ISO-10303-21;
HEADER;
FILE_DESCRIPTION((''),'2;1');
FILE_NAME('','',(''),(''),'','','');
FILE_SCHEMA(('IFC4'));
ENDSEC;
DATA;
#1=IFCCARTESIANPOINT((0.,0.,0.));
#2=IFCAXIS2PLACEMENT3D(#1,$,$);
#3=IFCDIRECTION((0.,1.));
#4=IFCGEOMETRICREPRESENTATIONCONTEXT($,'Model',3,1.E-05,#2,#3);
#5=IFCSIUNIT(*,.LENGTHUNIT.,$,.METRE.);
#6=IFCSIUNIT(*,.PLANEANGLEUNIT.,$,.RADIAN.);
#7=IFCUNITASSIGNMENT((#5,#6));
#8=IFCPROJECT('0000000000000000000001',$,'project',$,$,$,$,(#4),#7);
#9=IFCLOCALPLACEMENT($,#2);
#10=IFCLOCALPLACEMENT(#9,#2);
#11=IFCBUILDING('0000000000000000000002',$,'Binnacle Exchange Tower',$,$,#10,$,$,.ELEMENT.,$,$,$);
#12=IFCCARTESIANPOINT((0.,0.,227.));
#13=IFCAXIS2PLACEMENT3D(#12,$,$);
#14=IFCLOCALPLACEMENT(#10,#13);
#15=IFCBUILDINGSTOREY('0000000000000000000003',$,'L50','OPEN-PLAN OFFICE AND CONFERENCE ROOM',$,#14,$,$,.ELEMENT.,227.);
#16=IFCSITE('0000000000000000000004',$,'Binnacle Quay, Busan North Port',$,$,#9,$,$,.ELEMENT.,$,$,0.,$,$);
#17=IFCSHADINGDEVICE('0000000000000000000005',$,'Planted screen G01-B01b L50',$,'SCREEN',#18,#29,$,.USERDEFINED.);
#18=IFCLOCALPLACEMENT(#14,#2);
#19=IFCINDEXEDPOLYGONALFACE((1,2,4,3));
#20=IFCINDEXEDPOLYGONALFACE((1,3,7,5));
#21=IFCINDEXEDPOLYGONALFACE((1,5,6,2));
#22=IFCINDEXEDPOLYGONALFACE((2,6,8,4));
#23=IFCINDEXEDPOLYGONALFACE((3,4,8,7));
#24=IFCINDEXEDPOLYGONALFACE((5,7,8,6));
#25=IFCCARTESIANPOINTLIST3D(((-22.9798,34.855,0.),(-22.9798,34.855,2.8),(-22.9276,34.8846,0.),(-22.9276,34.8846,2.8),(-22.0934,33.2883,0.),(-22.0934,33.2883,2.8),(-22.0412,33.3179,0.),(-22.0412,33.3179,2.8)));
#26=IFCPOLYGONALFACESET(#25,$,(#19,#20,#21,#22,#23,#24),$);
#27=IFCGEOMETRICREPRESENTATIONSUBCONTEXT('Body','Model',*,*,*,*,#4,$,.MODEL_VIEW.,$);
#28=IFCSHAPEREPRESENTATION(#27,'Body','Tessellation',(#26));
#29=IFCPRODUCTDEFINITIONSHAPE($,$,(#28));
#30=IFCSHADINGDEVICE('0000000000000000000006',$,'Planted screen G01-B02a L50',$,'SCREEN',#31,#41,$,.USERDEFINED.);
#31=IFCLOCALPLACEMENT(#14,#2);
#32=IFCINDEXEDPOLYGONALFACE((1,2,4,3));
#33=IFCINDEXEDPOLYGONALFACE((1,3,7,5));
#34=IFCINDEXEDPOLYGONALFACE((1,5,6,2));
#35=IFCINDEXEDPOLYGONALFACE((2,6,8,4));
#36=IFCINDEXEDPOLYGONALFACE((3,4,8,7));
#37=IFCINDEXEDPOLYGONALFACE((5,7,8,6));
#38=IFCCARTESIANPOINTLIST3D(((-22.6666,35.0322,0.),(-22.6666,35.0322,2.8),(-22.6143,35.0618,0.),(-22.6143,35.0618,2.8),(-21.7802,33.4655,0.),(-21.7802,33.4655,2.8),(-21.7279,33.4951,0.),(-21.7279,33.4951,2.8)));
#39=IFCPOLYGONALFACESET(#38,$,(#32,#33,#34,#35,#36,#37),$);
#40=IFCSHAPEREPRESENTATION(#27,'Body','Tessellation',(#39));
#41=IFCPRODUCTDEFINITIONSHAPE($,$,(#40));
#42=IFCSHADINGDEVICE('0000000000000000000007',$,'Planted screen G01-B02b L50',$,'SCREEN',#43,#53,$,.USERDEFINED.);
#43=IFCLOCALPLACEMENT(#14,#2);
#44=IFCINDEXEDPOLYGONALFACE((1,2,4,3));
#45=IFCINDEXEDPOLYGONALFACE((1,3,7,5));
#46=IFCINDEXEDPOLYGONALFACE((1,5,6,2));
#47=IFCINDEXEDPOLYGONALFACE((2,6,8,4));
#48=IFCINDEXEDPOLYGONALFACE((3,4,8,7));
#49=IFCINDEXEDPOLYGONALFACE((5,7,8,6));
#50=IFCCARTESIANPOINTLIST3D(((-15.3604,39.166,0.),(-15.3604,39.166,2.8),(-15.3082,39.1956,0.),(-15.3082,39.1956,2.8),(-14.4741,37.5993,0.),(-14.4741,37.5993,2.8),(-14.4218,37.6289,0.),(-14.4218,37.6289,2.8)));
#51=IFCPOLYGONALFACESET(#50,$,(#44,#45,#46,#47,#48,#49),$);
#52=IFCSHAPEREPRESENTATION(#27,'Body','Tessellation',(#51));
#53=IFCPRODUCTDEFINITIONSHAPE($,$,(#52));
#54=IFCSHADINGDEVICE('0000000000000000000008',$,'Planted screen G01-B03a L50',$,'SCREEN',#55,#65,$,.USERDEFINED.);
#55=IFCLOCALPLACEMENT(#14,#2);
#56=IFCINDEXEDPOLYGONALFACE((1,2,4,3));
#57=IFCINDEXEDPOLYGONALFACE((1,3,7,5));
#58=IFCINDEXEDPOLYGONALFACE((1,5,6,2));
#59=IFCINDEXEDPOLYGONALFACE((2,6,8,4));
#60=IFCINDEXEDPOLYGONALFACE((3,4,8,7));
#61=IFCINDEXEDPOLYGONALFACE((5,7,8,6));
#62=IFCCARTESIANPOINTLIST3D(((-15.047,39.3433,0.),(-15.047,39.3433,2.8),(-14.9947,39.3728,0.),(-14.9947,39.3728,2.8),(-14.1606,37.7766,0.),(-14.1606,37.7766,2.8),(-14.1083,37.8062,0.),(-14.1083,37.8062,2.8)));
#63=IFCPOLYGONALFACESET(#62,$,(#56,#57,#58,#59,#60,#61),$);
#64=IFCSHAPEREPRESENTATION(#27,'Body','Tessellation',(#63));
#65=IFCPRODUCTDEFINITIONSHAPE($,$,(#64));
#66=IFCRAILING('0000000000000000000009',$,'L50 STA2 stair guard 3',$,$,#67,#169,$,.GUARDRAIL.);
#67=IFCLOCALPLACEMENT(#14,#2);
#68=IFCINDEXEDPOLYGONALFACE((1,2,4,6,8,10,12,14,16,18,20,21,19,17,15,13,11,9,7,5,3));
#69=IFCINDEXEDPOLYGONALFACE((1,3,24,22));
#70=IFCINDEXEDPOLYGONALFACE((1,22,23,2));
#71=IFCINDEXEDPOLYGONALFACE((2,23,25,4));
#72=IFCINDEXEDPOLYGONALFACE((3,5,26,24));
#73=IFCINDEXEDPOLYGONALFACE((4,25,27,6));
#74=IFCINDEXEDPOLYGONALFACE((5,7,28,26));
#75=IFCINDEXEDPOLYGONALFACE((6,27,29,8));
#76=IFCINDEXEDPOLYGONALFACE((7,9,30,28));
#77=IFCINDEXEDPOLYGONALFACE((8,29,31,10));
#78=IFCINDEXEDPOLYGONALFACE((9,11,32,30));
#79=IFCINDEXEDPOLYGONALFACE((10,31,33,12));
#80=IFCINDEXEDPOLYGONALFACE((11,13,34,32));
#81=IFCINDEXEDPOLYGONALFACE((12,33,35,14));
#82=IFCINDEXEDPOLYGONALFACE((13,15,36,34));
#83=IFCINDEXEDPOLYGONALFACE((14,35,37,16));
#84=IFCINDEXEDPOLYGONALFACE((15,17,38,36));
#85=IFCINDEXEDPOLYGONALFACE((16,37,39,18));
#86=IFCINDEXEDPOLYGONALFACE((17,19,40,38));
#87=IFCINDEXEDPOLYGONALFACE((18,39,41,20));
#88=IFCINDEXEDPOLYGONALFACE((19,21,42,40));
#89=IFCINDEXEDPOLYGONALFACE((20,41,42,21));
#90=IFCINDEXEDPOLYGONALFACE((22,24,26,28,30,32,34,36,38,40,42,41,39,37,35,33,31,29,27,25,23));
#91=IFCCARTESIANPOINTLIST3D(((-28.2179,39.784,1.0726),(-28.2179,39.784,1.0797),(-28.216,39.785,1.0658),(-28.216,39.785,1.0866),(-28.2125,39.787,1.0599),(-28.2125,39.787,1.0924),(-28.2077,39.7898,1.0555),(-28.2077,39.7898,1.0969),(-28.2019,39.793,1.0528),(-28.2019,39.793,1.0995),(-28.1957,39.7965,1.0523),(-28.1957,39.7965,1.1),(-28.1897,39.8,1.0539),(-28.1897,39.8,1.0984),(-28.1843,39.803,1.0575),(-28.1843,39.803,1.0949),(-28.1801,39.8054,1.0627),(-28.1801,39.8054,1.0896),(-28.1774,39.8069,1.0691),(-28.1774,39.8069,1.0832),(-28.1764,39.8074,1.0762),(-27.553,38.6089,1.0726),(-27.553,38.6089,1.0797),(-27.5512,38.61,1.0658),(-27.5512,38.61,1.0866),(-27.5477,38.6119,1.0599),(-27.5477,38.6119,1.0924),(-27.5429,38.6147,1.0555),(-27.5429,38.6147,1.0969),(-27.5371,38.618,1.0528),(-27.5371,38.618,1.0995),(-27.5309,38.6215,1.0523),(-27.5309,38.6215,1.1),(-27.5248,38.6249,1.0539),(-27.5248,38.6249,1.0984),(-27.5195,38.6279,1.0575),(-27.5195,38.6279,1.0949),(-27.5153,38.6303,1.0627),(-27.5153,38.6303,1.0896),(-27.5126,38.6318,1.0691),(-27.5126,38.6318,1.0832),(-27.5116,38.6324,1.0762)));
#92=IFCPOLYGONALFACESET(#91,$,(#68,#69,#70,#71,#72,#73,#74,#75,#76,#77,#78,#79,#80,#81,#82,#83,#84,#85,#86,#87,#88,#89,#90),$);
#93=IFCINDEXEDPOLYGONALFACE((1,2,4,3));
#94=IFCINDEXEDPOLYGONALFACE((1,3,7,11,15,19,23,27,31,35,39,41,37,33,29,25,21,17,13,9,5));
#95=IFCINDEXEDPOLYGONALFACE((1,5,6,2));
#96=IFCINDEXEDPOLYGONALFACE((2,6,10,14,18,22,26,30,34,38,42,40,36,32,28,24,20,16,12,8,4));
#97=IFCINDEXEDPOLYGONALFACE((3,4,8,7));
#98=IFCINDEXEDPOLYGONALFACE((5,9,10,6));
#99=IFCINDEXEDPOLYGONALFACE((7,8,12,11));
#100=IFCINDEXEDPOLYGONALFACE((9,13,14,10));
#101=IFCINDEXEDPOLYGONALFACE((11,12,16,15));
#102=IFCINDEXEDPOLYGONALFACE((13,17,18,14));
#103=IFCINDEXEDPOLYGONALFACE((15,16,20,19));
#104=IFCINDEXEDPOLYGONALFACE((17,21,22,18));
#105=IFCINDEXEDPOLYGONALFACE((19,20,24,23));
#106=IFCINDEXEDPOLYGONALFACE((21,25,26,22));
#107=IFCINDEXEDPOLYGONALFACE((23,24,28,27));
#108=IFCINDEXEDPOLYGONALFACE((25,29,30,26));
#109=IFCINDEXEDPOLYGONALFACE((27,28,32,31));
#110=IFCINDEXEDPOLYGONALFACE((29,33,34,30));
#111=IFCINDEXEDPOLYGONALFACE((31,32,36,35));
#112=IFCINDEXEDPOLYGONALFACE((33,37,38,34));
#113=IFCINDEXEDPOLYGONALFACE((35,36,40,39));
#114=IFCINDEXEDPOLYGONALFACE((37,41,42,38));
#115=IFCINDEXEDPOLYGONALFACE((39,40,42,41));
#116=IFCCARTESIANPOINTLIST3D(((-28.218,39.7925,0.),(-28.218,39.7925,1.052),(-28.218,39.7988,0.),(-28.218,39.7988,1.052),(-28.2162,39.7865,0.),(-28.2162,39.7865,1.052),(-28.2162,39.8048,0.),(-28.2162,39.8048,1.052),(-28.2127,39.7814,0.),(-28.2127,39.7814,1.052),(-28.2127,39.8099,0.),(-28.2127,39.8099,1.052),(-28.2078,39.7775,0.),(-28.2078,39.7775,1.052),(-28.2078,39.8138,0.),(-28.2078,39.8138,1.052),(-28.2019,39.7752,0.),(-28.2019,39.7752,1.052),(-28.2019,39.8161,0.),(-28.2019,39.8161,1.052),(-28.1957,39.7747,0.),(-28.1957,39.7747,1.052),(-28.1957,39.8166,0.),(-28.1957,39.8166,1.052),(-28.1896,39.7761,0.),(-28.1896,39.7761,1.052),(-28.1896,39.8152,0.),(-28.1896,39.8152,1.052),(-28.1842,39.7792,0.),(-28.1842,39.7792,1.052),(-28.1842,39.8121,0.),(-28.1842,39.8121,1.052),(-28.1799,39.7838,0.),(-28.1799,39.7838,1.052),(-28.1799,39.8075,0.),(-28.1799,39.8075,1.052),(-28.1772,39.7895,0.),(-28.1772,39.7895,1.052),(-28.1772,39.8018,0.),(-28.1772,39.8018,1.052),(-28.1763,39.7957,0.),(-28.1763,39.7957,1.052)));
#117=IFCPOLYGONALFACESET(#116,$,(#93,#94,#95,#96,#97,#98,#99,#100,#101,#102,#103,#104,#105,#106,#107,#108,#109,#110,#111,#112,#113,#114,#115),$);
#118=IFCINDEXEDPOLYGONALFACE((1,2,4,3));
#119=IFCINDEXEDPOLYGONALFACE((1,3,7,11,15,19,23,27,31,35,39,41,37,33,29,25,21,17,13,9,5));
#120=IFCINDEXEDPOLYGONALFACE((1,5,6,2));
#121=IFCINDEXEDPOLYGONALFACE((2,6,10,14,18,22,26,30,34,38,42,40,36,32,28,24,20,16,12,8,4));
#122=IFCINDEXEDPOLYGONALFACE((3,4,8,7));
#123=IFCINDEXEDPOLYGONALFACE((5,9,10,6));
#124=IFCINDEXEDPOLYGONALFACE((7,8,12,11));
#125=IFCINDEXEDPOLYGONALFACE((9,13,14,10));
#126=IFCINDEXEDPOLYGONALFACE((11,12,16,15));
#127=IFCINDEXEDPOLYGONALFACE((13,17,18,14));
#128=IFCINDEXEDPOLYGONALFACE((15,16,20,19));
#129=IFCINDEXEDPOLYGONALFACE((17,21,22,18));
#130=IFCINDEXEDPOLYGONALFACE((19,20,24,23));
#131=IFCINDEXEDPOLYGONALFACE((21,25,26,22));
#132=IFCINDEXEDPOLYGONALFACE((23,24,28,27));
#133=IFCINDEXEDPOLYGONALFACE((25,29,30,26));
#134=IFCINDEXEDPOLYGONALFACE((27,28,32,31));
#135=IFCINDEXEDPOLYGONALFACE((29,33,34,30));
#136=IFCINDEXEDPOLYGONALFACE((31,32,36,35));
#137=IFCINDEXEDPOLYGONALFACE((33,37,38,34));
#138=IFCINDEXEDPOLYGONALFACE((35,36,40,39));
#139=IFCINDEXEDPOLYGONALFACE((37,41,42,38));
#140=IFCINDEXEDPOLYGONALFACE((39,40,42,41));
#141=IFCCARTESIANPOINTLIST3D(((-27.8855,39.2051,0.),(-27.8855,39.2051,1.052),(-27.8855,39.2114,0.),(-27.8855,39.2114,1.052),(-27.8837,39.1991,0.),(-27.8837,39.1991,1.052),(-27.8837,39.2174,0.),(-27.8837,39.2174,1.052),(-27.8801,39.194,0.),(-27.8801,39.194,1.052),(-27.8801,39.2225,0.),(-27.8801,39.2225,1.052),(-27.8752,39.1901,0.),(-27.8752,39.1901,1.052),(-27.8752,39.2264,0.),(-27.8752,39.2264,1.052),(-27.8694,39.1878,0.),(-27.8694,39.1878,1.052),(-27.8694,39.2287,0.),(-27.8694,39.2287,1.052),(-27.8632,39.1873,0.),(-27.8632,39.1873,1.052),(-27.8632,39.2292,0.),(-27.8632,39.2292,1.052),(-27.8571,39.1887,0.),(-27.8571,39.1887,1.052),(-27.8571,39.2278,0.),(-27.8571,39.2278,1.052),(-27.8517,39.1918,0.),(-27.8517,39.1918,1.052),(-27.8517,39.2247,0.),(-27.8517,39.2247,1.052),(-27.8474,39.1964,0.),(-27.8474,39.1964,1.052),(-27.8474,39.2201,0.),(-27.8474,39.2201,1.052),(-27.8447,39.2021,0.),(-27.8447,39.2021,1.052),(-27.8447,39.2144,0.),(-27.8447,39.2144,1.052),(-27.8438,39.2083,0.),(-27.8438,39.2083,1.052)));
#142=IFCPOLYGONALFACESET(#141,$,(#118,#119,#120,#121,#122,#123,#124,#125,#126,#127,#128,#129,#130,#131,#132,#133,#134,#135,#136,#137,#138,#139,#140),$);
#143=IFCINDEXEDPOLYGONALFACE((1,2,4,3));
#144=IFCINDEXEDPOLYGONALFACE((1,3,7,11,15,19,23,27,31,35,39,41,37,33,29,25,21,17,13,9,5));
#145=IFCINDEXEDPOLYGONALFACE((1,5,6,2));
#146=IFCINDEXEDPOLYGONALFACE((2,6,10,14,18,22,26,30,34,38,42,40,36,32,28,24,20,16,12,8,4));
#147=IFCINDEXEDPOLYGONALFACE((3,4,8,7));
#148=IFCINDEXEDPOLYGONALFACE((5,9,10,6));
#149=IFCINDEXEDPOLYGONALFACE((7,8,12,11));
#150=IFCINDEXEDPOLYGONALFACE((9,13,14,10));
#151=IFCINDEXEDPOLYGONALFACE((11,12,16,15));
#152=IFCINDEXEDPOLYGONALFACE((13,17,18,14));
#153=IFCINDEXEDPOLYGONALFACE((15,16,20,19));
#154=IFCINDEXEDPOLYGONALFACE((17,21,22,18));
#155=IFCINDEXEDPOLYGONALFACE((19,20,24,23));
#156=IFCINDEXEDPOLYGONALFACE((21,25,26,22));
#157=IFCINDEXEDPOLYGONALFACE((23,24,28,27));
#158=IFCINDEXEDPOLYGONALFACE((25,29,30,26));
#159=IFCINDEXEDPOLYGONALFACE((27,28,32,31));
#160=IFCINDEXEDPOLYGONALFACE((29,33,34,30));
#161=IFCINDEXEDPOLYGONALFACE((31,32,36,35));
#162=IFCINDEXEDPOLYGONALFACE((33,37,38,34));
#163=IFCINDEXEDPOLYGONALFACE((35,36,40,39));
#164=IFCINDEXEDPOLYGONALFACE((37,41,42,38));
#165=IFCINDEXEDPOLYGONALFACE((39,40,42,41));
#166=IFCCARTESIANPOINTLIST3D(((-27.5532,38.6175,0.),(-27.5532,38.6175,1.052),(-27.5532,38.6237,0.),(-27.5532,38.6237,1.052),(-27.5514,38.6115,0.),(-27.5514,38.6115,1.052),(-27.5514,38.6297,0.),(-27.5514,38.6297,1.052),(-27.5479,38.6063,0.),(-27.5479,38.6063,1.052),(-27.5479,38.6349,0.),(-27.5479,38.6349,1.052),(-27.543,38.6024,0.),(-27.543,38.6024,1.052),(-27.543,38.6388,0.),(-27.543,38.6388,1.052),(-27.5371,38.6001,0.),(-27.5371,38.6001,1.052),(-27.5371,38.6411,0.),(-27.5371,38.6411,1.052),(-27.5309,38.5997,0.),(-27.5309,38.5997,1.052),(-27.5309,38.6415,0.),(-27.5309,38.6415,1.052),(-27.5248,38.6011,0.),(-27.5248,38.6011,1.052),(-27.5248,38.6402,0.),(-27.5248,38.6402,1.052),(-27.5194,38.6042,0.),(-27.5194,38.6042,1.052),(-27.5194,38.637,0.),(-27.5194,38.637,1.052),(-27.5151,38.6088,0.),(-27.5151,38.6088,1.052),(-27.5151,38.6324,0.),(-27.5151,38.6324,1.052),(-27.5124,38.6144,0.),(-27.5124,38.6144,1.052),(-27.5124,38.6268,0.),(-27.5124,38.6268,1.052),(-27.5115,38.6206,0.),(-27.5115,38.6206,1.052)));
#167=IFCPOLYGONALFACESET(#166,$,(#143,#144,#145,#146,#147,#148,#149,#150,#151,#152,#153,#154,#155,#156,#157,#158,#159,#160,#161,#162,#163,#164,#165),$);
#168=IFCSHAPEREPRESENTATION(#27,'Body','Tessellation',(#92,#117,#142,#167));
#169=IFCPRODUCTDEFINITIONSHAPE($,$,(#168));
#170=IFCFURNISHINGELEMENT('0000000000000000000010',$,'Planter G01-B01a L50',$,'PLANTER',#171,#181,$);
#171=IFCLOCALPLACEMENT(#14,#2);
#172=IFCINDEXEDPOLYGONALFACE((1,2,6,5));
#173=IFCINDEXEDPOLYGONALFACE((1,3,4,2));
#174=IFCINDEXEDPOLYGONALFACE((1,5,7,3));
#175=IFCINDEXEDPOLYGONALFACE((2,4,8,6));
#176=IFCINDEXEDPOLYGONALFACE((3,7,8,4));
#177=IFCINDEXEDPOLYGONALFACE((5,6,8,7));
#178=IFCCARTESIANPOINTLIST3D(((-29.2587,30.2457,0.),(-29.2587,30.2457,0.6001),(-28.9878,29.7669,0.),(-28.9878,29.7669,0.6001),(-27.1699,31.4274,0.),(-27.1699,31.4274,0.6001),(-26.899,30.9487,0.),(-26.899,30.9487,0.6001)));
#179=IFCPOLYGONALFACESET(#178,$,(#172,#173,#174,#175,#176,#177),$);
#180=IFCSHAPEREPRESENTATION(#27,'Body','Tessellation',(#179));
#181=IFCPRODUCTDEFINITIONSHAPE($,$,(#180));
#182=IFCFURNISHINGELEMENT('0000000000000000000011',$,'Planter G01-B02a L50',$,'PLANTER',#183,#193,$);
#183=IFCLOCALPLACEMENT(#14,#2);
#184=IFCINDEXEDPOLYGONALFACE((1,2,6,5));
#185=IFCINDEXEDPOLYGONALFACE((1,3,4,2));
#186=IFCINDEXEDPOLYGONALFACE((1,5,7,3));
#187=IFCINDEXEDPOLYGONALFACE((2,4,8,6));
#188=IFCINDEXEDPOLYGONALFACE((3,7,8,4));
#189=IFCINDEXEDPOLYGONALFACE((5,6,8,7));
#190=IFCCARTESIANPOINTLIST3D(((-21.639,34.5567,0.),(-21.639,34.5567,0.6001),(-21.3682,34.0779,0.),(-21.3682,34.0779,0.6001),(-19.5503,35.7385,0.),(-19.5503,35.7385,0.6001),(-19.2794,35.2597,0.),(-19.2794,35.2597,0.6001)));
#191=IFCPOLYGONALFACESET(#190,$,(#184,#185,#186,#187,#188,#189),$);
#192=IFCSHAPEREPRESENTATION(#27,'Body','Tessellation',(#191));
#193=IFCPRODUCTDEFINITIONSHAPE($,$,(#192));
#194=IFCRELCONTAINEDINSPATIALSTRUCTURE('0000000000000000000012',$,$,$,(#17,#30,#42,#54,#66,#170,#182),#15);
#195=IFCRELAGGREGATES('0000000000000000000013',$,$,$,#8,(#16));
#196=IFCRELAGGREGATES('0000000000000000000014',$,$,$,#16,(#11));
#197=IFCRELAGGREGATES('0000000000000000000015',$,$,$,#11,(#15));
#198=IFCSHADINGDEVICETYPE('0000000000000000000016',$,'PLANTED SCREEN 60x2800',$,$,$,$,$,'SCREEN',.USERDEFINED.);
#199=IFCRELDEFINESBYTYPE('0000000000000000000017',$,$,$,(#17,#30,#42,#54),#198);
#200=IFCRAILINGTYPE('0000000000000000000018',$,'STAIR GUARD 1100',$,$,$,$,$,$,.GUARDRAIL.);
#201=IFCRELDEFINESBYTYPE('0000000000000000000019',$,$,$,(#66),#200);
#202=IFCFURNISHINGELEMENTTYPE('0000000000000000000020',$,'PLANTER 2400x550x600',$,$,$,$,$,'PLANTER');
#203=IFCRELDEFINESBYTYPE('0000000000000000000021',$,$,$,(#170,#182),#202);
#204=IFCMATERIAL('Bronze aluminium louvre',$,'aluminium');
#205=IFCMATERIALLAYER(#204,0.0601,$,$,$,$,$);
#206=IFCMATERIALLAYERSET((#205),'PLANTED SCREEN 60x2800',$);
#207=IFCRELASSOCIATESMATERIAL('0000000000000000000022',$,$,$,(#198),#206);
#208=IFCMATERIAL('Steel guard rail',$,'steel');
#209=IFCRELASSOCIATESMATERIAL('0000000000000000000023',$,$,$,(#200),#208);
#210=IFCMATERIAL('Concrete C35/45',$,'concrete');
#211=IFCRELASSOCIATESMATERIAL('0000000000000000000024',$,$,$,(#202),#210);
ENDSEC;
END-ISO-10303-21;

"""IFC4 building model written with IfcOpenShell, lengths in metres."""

from ifc_helpers import new_model, si_unit, direction, frame, origin, origin_2d, place, context, subcontext, project, spatial, rectangle, circle, extrude, material, layer, layer_set, type_object, element, save


model = new_model("IFC4")

# Units and contexts
model_context = context("Model", 3, precision=1e-05, world=origin(), true_north=direction((0.0, 1.0)))
body_context = subcontext(model_context, "Body", "Model", "MODEL_VIEW")
ifc_project = project(units=[si_unit("LENGTHUNIT", "METRE"), si_unit("PLANEANGLEUNIT", "RADIAN")], contexts=[model_context])

# Site, building, storey
site_placement = place(None, origin())
site = spatial("IfcSite", under=ifc_project, at=site_placement, Name="Binnacle Quay, Busan North Port", CompositionType="ELEMENT", RefElevation=0.0)
building_placement = place(site_placement, origin())
building = spatial("IfcBuilding", under=site, at=building_placement, Name="Binnacle Exchange Tower", CompositionType="ELEMENT")
storey_placement = place(building_placement, frame((0.0, 0.0, 227.0)))
storey = spatial("IfcBuildingStorey", under=building, at=storey_placement, Name="L50", Description="OPEN-PLAN OFFICE AND CONFERENCE ROOM", CompositionType="ELEMENT", Elevation=227.0)

# Shading devices
ifc_material_1 = material(Name="Bronze aluminium louvre", Category="aluminium")
ifc_layer_1 = layer(ifc_material_1, 0.0601)
ifc_layer_set_1 = layer_set([ifc_layer_1], Name="PLANTED SCREEN 60x2800")
shading_device_type = type_object("IfcShadingDeviceType", Name="PLANTED SCREEN 60x2800", ElementType="SCREEN", PredefinedType="USERDEFINED", material=ifc_layer_set_1)
for number, where, z_axis, x_axis, name in (
    (1, (-22.5105, 34.0864, 0.0), (0.0, 0.0, 1.0), (0.870356, 0.492424, 0.0), "Planted screen G01-B01b L50"),
    (2, (-22.1973, 34.2637, 0.0), (0.0, 0.0, 1.0), (0.870356, 0.492424, 0.0), "Planted screen G01-B02a L50"),
    (3, (-14.8911, 38.3975, 0.0), (0.0, 0.0, 1.0), (0.870356, 0.492424, 0.0), "Planted screen G01-B02b L50"),
    (4, (-14.5776, 38.5747, 0.0), (0.0, 0.0, 1.0), (0.870356, 0.492424, 0.0), "Planted screen G01-B03a L50"),
):
    element("IfcShadingDevice", number, at=place(storey_placement, frame(where, z_axis=z_axis, x_axis=x_axis)), inside=storey, type_object=shading_device_type, Name=name, ObjectType="SCREEN", PredefinedType="USERDEFINED", context=body_context, shape_type="SweptSolid", body=[
        extrude(rectangle(XDim=0.0601, YDim=1.8, at=origin_2d()), origin(), (0.0, 0.0, 1.0), 2.8),
    ])

# Railing
ifc_material_2 = material(Name="Steel guard rail", Category="steel")
railing_type_1 = type_object("IfcRailingType", Name="STAIR GUARD 1100", PredefinedType="GUARDRAIL", material=ifc_material_2)
railing_1_placement = place(storey_placement, frame((-28.1973, 39.7957, 0.0)))
element("IfcRailing", 5, at=railing_1_placement, inside=storey, type_object=railing_type_1, Name="L50 STA2 stair guard 3", PredefinedType="GUARDRAIL", context=body_context, shape_type="SweptSolid", body=[
    extrude(circle(Radius=0.0239, at=origin_2d()), frame((0.0, 0.0, 1.0762), z_axis=(0.492415, -0.870361, 0.0), x_axis=(0.870361, 0.492415, 0.0)), (0.0, 0.0, 1.0), 1.3501),
    extrude(circle(Radius=0.021, at=origin_2d()), origin(), (0.0, 0.0, 1.0), 1.052),
    extrude(circle(Radius=0.021, at=origin_2d()), frame((0.3325, -0.5874, 0.0)), (0.0, 0.0, 1.0), 1.052),
    extrude(circle(Radius=0.021, at=origin_2d()), frame((0.6648, -1.175, 0.0)), (0.0, 0.0, 1.0), 1.052),
])

# Furnishing elements
ifc_material_3 = material(Name="Concrete C35/45", Category="concrete")
furnishing_element_type = type_object("IfcFurnishingElementType", Name="PLANTER 2400x550x600", ElementType="PLANTER", material=ifc_material_3)
for number, where, z_axis, x_axis, name in (
    (6, (-28.0789, 30.5972, 0.0), (0.0, 0.0, 1.0), (0.870356, 0.492424, 0.0), "Planter G01-B01a L50"),
    (7, (-20.4592, 34.9082, 0.0), (0.0, 0.0, 1.0), (0.870356, 0.492424, 0.0), "Planter G01-B02a L50"),
):
    element("IfcFurnishingElement", number, at=place(storey_placement, frame(where, z_axis=z_axis, x_axis=x_axis)), inside=storey, type_object=furnishing_element_type, Name=name, ObjectType="PLANTER", context=body_context, shape_type="SweptSolid", body=[
        extrude(rectangle(XDim=2.3999, YDim=0.55, at=origin_2d()), origin(), (0.0, 0.0, 1.0), 0.6001),
    ])

save(model, "model.ifc")
